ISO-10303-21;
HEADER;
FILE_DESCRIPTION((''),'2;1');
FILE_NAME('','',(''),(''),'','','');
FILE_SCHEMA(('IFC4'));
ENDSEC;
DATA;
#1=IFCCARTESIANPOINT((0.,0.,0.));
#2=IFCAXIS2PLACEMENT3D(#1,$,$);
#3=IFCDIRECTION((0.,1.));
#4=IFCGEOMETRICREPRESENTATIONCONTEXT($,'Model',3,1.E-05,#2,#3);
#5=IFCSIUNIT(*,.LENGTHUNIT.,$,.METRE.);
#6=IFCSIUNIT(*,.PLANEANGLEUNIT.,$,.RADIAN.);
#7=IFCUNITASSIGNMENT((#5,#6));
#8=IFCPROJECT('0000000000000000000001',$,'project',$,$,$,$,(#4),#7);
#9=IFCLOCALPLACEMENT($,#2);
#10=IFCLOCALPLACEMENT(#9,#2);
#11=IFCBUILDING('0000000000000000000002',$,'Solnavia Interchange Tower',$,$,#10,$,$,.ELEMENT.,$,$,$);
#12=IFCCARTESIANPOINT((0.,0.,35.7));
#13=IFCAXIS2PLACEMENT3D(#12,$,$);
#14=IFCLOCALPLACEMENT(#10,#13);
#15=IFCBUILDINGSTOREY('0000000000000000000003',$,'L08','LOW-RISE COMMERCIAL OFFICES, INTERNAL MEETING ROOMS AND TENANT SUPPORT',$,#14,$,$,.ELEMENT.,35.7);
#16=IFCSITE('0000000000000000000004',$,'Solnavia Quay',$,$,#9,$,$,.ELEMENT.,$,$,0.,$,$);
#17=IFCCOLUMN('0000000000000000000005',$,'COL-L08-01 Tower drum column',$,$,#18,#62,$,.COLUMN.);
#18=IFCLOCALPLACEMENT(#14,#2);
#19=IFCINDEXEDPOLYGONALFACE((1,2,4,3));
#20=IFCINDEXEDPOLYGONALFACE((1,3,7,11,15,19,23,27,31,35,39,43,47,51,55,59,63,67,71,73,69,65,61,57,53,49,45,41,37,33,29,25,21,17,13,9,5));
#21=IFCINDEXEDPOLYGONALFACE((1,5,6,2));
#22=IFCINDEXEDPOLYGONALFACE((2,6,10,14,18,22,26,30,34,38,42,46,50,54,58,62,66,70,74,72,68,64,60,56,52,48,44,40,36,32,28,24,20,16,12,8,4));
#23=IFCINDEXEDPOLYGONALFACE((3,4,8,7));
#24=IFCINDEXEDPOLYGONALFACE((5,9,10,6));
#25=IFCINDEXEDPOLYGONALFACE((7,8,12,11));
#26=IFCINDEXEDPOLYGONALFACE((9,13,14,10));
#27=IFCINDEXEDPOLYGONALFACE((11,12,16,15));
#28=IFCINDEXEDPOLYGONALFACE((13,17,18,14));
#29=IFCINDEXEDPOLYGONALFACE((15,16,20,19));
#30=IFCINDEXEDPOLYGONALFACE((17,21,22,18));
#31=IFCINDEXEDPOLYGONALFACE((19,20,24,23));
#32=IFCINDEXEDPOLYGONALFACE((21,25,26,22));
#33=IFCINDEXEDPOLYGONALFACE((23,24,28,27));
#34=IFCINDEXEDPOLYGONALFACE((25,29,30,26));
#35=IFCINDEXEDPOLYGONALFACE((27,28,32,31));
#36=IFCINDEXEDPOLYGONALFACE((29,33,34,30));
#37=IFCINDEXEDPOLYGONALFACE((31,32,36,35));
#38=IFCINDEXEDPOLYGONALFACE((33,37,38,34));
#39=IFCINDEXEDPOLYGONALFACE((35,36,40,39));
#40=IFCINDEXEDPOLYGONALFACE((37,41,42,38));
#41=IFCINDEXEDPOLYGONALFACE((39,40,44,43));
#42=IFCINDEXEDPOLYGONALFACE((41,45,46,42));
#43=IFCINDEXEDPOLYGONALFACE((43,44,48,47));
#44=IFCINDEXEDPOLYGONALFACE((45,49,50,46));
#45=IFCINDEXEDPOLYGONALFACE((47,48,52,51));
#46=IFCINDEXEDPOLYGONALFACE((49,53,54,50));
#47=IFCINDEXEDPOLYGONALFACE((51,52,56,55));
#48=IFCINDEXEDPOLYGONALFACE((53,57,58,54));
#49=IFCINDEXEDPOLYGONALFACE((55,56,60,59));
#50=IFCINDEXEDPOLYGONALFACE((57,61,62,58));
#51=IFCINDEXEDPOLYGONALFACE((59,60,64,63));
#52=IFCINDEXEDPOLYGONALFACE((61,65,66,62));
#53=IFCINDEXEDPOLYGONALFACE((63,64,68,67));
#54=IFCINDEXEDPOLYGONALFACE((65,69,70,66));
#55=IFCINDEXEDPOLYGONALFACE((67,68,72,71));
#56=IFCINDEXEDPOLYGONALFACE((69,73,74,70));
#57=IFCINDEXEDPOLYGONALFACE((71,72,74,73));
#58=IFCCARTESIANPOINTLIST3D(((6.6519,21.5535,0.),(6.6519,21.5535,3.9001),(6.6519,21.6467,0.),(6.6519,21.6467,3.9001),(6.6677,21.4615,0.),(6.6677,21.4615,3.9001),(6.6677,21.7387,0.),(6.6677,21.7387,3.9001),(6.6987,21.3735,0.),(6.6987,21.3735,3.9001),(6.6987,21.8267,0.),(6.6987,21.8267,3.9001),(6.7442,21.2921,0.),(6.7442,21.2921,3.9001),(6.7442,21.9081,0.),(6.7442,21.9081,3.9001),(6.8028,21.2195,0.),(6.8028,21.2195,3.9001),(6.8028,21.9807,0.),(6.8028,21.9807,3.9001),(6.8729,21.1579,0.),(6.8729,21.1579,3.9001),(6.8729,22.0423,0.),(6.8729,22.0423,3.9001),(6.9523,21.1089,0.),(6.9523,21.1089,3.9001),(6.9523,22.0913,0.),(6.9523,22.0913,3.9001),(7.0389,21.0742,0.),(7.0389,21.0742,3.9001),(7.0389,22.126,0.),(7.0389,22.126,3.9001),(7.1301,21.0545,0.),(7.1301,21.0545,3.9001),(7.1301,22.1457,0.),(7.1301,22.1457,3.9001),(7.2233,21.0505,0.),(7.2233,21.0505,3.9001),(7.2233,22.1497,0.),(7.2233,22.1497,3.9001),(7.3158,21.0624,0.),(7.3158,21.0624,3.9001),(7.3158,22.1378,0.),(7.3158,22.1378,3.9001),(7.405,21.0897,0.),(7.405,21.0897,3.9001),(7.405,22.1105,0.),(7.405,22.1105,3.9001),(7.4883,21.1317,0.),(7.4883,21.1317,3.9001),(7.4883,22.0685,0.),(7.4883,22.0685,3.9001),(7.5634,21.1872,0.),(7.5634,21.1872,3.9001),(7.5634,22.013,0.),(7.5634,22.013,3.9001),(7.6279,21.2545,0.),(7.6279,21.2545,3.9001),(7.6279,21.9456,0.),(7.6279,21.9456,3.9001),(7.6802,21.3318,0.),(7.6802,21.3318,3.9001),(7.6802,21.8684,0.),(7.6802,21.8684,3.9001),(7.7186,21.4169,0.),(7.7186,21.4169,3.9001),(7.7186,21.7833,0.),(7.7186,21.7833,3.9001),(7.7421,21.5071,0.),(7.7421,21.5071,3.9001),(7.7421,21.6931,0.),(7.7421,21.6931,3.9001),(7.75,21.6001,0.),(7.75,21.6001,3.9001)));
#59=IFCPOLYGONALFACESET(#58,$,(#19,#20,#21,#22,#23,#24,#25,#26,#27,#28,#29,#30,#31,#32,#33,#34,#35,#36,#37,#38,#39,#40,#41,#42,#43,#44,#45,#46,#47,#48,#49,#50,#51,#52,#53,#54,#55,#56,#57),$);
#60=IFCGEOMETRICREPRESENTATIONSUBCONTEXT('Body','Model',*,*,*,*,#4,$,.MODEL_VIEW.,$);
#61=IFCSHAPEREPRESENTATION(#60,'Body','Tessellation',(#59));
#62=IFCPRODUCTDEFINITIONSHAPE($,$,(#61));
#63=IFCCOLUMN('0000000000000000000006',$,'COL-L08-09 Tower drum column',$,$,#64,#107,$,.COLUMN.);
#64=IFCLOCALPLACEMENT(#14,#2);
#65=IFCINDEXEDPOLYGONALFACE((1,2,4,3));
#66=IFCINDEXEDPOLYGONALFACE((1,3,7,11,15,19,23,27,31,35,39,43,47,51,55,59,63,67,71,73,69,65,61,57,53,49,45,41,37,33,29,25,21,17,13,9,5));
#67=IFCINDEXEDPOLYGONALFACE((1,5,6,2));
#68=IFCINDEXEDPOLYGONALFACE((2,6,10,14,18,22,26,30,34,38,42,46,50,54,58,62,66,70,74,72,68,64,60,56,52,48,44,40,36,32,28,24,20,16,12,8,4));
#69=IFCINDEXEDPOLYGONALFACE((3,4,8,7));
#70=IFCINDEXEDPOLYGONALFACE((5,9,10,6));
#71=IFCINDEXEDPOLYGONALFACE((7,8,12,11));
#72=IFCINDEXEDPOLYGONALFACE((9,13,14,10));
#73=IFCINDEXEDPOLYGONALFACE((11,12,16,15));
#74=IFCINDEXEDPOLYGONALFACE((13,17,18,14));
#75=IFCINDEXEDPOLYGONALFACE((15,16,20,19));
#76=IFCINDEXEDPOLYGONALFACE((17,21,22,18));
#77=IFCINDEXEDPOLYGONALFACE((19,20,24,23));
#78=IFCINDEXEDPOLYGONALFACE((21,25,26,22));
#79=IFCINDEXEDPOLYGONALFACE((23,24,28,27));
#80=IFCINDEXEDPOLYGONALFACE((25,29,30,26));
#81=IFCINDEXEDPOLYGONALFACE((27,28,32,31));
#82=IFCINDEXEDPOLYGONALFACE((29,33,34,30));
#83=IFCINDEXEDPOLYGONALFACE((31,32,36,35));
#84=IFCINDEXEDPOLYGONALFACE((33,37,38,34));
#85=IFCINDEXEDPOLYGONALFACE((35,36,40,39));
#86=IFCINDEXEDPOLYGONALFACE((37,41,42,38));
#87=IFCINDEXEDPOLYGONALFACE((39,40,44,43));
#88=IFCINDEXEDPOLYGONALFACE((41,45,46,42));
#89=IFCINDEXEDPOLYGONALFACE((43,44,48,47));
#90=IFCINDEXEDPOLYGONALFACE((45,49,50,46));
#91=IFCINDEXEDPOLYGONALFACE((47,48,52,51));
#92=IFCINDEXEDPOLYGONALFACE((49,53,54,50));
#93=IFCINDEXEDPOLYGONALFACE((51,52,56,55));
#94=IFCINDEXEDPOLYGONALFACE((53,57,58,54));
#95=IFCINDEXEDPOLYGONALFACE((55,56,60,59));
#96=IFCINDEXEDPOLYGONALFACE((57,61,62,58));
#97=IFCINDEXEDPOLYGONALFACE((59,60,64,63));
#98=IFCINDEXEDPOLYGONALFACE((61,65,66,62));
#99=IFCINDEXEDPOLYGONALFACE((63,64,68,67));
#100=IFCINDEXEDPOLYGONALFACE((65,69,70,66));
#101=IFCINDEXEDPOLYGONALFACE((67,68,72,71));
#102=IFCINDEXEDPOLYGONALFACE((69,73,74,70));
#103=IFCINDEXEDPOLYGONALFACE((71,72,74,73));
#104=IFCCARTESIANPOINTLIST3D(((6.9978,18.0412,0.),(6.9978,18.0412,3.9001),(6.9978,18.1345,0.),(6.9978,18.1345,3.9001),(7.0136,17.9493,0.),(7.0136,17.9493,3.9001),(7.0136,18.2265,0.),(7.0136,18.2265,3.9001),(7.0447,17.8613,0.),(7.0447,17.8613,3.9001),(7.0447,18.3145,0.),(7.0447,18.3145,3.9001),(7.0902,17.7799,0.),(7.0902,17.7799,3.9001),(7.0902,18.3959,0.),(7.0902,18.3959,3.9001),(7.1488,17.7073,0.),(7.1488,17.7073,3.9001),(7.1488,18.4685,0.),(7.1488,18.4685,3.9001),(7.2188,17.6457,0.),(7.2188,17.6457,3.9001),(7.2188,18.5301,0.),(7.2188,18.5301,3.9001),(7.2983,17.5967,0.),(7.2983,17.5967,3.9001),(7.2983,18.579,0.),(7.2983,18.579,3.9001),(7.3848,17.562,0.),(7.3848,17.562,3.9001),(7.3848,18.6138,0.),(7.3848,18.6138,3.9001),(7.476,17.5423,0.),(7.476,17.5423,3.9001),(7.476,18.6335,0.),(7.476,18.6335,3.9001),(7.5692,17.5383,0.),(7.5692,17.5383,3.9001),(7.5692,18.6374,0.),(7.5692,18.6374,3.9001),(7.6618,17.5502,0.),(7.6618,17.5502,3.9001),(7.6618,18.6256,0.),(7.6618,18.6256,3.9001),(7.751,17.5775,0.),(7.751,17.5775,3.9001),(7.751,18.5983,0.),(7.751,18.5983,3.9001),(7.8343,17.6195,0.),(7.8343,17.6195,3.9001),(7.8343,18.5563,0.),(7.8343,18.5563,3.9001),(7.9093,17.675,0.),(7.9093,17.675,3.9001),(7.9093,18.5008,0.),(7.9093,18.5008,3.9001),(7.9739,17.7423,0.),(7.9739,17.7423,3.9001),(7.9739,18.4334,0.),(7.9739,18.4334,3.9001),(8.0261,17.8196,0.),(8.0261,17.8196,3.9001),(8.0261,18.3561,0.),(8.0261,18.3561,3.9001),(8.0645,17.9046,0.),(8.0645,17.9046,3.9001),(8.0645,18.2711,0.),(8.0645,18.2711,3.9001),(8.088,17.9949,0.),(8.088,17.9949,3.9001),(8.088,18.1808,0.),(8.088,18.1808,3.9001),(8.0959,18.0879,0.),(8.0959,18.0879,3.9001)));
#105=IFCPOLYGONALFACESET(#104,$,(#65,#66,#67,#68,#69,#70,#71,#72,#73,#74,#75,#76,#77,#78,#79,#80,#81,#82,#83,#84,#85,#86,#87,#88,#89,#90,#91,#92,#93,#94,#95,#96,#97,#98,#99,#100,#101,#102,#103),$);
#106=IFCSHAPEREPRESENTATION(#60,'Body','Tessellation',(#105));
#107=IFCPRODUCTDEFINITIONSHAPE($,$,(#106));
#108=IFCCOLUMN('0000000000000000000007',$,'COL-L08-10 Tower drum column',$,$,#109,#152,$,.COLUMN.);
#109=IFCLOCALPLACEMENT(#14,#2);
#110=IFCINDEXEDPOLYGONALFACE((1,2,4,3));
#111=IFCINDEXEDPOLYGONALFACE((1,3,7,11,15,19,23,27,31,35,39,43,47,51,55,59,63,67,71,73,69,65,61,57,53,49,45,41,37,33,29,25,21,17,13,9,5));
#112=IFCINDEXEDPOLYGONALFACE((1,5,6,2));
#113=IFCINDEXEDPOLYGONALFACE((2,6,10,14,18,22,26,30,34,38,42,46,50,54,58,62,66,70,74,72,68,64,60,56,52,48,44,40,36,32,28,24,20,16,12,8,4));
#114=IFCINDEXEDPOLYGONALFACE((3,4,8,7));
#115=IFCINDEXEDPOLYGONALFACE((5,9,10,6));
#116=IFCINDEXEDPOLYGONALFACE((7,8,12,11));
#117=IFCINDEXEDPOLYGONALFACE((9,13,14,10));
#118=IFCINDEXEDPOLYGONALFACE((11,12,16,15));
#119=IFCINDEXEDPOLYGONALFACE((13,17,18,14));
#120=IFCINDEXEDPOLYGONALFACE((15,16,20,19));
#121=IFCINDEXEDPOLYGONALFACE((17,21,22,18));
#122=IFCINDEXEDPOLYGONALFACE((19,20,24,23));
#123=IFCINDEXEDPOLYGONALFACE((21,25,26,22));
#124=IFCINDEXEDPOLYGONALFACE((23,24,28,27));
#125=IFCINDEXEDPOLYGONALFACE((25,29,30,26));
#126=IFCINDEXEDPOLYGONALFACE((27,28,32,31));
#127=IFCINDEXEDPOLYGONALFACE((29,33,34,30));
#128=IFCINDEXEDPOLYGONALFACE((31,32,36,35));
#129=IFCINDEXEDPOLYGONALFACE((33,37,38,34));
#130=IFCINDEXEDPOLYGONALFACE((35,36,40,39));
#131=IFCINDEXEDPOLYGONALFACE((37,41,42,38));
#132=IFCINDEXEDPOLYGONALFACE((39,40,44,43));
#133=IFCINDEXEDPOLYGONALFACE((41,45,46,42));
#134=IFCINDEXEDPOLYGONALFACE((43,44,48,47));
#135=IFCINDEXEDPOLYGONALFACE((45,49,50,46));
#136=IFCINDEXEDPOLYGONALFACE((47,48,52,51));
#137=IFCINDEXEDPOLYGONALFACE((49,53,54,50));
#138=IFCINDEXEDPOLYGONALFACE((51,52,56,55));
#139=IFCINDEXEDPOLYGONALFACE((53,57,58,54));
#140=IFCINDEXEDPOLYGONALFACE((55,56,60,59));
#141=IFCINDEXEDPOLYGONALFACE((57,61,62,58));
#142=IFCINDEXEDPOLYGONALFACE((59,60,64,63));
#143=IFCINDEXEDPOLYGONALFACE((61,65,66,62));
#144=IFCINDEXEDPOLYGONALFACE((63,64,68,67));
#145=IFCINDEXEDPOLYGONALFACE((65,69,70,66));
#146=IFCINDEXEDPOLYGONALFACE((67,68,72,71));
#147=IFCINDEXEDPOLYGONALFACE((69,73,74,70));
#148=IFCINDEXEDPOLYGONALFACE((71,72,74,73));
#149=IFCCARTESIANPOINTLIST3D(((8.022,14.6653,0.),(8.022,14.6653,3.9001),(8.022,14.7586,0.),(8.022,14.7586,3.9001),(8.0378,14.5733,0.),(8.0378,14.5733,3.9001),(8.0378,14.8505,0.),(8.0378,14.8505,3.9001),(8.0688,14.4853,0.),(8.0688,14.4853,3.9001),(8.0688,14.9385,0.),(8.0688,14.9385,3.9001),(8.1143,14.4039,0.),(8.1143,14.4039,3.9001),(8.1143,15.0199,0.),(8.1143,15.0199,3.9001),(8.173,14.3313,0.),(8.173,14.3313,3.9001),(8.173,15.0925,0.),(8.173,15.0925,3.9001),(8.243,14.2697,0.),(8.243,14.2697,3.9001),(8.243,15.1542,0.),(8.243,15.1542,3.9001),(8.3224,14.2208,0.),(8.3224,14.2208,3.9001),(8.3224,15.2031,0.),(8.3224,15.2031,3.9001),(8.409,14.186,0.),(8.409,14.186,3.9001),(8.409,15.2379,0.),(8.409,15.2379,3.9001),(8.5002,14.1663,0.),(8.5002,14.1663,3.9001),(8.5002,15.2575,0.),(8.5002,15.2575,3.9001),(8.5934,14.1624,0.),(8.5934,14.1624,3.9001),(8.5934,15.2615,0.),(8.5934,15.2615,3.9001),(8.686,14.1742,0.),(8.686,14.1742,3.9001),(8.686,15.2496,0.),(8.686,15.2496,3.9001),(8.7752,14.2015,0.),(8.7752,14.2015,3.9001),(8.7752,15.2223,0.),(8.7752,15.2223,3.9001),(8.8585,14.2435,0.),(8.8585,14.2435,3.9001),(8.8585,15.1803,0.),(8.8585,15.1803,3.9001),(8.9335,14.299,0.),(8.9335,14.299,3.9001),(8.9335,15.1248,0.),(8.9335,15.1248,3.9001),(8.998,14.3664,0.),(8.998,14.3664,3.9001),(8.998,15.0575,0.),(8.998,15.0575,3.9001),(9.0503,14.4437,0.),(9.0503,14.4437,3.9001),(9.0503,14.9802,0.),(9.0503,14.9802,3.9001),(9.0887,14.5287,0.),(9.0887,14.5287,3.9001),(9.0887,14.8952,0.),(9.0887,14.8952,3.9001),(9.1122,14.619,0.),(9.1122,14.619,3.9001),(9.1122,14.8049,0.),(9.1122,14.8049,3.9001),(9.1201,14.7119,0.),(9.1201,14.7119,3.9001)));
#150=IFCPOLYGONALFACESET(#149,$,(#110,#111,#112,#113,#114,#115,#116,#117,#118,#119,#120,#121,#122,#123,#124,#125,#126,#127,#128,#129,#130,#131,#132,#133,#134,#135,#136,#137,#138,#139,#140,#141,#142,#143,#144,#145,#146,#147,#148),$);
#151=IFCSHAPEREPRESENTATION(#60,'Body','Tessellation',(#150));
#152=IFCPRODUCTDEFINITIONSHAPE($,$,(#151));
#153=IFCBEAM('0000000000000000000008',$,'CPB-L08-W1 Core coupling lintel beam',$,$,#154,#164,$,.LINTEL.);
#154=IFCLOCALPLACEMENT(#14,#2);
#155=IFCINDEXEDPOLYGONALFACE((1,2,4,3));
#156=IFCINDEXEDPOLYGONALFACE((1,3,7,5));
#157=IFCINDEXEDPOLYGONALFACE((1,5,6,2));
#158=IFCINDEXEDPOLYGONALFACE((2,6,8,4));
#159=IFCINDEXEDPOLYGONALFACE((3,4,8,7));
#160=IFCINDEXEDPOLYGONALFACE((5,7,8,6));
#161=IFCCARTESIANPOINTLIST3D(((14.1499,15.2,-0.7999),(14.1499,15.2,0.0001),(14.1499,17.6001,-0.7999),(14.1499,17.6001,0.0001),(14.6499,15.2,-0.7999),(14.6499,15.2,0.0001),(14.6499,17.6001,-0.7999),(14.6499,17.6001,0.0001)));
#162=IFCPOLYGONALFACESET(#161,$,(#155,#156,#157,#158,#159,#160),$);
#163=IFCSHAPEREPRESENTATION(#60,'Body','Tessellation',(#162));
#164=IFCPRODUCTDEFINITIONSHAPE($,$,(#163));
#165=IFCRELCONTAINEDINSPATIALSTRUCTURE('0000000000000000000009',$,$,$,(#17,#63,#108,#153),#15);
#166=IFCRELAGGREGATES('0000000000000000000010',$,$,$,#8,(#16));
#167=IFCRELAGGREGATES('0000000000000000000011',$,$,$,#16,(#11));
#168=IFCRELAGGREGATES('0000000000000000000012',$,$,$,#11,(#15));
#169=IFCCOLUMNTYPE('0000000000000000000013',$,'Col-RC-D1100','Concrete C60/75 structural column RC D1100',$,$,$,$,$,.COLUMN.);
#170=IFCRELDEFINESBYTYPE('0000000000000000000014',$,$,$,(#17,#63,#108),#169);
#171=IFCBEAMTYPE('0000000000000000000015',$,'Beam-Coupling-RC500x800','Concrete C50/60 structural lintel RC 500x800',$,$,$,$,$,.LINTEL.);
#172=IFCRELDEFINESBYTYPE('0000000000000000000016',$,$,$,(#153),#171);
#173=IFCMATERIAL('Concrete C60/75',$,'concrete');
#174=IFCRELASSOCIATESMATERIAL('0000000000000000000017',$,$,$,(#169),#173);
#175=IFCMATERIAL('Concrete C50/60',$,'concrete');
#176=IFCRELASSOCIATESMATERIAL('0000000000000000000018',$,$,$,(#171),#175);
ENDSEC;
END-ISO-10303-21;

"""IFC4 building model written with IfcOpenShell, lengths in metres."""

from ifc_helpers import new_model, si_unit, direction, frame, origin, origin_2d, place, context, subcontext, project, spatial, rectangle, circle, extrude, material, material_profile, profile_set, type_object, element, save


model = new_model("IFC4")

# Units and contexts
model_context = context("Model", 3, precision=1e-05, world=origin(), true_north=direction((0.0, 1.0)))
body_context = subcontext(model_context, "Body", "Model", "MODEL_VIEW")
ifc_project = project(units=[si_unit("LENGTHUNIT", "METRE"), si_unit("PLANEANGLEUNIT", "RADIAN")], contexts=[model_context])

# Site, building, storey
site_placement = place(None, origin())
site = spatial("IfcSite", under=ifc_project, at=site_placement, Name="Solnavia Quay", CompositionType="ELEMENT", RefElevation=0.0)
building_placement = place(site_placement, origin())
building = spatial("IfcBuilding", under=site, at=building_placement, Name="Solnavia Interchange Tower", CompositionType="ELEMENT")
storey_placement = place(building_placement, frame((0.0, 0.0, 35.7)))
storey = spatial("IfcBuildingStorey", under=building, at=storey_placement, Name="L08", Description="LOW-RISE COMMERCIAL OFFICES, INTERNAL MEETING ROOMS AND TENANT SUPPORT", CompositionType="ELEMENT", Elevation=35.7)

# Columns
ifc_material_1 = material(Name="Concrete C60/75", Category="concrete")
ifc_material_profile_1 = material_profile(ifc_material_1, circle(Radius=0.55, at=origin_2d()), Name="RC D1100")
ifc_profile_set_1 = profile_set([ifc_material_profile_1], Name="Concrete C60/75")
column_type = type_object("IfcColumnType", Name="Col-RC-D1100", Description="Concrete C60/75 structural column RC D1100", PredefinedType="COLUMN", material=ifc_profile_set_1)
for number, where, z_axis, x_axis, name in (
    (1, (7.2, 21.6001, 0.0), (0.0, 0.0, 1.0), (1.0, 0.0, 0.0), "COL-L08-01 Tower drum column"),
    (2, (7.5459, 18.0879, 0.0), (0.0, 0.0, 1.0), (1.0, 0.0, 0.0), "COL-L08-09 Tower drum column"),
    (3, (8.5701, 14.7119, 0.0), (0.0, 0.0, 1.0), (1.0, 0.0, 0.0), "COL-L08-10 Tower drum column"),
):
    element("IfcColumn", number, at=place(storey_placement, frame(where, z_axis=z_axis, x_axis=x_axis)), inside=storey, type_object=column_type, Name=name, PredefinedType="COLUMN", context=body_context, shape_type="SweptSolid", body=[
        extrude(circle(Radius=0.55, at=origin_2d()), origin(), (0.0, 0.0, 1.0), 3.9001),
    ])

# Beam
ifc_material_2 = material(Name="Concrete C50/60", Category="concrete")
ifc_material_profile_2 = material_profile(ifc_material_2, rectangle(XDim=0.5, YDim=0.8, at=origin_2d()), Name="RC 500x800")
ifc_profile_set_2 = profile_set([ifc_material_profile_2], Name="Concrete C50/60")
beam_type_1 = type_object("IfcBeamType", Name="Beam-Coupling-RC500x800", Description="Concrete C50/60 structural lintel RC 500x800", PredefinedType="LINTEL", material=ifc_profile_set_2)
beam_1_placement = place(storey_placement, frame((14.3999, 15.2, -0.3999), z_axis=(0.0, 1.0, 0.0), x_axis=(-1.0, 0.0, 0.0)))
element("IfcBeam", 4, at=beam_1_placement, inside=storey, type_object=beam_type_1, Name="CPB-L08-W1 Core coupling lintel beam", PredefinedType="LINTEL", context=body_context, shape_type="SweptSolid", body=[
    extrude(rectangle(XDim=0.5, YDim=0.8, at=origin_2d()), origin(), (0.0, 0.0, 1.0), 2.4001),
])

save(model, "model.ifc")
